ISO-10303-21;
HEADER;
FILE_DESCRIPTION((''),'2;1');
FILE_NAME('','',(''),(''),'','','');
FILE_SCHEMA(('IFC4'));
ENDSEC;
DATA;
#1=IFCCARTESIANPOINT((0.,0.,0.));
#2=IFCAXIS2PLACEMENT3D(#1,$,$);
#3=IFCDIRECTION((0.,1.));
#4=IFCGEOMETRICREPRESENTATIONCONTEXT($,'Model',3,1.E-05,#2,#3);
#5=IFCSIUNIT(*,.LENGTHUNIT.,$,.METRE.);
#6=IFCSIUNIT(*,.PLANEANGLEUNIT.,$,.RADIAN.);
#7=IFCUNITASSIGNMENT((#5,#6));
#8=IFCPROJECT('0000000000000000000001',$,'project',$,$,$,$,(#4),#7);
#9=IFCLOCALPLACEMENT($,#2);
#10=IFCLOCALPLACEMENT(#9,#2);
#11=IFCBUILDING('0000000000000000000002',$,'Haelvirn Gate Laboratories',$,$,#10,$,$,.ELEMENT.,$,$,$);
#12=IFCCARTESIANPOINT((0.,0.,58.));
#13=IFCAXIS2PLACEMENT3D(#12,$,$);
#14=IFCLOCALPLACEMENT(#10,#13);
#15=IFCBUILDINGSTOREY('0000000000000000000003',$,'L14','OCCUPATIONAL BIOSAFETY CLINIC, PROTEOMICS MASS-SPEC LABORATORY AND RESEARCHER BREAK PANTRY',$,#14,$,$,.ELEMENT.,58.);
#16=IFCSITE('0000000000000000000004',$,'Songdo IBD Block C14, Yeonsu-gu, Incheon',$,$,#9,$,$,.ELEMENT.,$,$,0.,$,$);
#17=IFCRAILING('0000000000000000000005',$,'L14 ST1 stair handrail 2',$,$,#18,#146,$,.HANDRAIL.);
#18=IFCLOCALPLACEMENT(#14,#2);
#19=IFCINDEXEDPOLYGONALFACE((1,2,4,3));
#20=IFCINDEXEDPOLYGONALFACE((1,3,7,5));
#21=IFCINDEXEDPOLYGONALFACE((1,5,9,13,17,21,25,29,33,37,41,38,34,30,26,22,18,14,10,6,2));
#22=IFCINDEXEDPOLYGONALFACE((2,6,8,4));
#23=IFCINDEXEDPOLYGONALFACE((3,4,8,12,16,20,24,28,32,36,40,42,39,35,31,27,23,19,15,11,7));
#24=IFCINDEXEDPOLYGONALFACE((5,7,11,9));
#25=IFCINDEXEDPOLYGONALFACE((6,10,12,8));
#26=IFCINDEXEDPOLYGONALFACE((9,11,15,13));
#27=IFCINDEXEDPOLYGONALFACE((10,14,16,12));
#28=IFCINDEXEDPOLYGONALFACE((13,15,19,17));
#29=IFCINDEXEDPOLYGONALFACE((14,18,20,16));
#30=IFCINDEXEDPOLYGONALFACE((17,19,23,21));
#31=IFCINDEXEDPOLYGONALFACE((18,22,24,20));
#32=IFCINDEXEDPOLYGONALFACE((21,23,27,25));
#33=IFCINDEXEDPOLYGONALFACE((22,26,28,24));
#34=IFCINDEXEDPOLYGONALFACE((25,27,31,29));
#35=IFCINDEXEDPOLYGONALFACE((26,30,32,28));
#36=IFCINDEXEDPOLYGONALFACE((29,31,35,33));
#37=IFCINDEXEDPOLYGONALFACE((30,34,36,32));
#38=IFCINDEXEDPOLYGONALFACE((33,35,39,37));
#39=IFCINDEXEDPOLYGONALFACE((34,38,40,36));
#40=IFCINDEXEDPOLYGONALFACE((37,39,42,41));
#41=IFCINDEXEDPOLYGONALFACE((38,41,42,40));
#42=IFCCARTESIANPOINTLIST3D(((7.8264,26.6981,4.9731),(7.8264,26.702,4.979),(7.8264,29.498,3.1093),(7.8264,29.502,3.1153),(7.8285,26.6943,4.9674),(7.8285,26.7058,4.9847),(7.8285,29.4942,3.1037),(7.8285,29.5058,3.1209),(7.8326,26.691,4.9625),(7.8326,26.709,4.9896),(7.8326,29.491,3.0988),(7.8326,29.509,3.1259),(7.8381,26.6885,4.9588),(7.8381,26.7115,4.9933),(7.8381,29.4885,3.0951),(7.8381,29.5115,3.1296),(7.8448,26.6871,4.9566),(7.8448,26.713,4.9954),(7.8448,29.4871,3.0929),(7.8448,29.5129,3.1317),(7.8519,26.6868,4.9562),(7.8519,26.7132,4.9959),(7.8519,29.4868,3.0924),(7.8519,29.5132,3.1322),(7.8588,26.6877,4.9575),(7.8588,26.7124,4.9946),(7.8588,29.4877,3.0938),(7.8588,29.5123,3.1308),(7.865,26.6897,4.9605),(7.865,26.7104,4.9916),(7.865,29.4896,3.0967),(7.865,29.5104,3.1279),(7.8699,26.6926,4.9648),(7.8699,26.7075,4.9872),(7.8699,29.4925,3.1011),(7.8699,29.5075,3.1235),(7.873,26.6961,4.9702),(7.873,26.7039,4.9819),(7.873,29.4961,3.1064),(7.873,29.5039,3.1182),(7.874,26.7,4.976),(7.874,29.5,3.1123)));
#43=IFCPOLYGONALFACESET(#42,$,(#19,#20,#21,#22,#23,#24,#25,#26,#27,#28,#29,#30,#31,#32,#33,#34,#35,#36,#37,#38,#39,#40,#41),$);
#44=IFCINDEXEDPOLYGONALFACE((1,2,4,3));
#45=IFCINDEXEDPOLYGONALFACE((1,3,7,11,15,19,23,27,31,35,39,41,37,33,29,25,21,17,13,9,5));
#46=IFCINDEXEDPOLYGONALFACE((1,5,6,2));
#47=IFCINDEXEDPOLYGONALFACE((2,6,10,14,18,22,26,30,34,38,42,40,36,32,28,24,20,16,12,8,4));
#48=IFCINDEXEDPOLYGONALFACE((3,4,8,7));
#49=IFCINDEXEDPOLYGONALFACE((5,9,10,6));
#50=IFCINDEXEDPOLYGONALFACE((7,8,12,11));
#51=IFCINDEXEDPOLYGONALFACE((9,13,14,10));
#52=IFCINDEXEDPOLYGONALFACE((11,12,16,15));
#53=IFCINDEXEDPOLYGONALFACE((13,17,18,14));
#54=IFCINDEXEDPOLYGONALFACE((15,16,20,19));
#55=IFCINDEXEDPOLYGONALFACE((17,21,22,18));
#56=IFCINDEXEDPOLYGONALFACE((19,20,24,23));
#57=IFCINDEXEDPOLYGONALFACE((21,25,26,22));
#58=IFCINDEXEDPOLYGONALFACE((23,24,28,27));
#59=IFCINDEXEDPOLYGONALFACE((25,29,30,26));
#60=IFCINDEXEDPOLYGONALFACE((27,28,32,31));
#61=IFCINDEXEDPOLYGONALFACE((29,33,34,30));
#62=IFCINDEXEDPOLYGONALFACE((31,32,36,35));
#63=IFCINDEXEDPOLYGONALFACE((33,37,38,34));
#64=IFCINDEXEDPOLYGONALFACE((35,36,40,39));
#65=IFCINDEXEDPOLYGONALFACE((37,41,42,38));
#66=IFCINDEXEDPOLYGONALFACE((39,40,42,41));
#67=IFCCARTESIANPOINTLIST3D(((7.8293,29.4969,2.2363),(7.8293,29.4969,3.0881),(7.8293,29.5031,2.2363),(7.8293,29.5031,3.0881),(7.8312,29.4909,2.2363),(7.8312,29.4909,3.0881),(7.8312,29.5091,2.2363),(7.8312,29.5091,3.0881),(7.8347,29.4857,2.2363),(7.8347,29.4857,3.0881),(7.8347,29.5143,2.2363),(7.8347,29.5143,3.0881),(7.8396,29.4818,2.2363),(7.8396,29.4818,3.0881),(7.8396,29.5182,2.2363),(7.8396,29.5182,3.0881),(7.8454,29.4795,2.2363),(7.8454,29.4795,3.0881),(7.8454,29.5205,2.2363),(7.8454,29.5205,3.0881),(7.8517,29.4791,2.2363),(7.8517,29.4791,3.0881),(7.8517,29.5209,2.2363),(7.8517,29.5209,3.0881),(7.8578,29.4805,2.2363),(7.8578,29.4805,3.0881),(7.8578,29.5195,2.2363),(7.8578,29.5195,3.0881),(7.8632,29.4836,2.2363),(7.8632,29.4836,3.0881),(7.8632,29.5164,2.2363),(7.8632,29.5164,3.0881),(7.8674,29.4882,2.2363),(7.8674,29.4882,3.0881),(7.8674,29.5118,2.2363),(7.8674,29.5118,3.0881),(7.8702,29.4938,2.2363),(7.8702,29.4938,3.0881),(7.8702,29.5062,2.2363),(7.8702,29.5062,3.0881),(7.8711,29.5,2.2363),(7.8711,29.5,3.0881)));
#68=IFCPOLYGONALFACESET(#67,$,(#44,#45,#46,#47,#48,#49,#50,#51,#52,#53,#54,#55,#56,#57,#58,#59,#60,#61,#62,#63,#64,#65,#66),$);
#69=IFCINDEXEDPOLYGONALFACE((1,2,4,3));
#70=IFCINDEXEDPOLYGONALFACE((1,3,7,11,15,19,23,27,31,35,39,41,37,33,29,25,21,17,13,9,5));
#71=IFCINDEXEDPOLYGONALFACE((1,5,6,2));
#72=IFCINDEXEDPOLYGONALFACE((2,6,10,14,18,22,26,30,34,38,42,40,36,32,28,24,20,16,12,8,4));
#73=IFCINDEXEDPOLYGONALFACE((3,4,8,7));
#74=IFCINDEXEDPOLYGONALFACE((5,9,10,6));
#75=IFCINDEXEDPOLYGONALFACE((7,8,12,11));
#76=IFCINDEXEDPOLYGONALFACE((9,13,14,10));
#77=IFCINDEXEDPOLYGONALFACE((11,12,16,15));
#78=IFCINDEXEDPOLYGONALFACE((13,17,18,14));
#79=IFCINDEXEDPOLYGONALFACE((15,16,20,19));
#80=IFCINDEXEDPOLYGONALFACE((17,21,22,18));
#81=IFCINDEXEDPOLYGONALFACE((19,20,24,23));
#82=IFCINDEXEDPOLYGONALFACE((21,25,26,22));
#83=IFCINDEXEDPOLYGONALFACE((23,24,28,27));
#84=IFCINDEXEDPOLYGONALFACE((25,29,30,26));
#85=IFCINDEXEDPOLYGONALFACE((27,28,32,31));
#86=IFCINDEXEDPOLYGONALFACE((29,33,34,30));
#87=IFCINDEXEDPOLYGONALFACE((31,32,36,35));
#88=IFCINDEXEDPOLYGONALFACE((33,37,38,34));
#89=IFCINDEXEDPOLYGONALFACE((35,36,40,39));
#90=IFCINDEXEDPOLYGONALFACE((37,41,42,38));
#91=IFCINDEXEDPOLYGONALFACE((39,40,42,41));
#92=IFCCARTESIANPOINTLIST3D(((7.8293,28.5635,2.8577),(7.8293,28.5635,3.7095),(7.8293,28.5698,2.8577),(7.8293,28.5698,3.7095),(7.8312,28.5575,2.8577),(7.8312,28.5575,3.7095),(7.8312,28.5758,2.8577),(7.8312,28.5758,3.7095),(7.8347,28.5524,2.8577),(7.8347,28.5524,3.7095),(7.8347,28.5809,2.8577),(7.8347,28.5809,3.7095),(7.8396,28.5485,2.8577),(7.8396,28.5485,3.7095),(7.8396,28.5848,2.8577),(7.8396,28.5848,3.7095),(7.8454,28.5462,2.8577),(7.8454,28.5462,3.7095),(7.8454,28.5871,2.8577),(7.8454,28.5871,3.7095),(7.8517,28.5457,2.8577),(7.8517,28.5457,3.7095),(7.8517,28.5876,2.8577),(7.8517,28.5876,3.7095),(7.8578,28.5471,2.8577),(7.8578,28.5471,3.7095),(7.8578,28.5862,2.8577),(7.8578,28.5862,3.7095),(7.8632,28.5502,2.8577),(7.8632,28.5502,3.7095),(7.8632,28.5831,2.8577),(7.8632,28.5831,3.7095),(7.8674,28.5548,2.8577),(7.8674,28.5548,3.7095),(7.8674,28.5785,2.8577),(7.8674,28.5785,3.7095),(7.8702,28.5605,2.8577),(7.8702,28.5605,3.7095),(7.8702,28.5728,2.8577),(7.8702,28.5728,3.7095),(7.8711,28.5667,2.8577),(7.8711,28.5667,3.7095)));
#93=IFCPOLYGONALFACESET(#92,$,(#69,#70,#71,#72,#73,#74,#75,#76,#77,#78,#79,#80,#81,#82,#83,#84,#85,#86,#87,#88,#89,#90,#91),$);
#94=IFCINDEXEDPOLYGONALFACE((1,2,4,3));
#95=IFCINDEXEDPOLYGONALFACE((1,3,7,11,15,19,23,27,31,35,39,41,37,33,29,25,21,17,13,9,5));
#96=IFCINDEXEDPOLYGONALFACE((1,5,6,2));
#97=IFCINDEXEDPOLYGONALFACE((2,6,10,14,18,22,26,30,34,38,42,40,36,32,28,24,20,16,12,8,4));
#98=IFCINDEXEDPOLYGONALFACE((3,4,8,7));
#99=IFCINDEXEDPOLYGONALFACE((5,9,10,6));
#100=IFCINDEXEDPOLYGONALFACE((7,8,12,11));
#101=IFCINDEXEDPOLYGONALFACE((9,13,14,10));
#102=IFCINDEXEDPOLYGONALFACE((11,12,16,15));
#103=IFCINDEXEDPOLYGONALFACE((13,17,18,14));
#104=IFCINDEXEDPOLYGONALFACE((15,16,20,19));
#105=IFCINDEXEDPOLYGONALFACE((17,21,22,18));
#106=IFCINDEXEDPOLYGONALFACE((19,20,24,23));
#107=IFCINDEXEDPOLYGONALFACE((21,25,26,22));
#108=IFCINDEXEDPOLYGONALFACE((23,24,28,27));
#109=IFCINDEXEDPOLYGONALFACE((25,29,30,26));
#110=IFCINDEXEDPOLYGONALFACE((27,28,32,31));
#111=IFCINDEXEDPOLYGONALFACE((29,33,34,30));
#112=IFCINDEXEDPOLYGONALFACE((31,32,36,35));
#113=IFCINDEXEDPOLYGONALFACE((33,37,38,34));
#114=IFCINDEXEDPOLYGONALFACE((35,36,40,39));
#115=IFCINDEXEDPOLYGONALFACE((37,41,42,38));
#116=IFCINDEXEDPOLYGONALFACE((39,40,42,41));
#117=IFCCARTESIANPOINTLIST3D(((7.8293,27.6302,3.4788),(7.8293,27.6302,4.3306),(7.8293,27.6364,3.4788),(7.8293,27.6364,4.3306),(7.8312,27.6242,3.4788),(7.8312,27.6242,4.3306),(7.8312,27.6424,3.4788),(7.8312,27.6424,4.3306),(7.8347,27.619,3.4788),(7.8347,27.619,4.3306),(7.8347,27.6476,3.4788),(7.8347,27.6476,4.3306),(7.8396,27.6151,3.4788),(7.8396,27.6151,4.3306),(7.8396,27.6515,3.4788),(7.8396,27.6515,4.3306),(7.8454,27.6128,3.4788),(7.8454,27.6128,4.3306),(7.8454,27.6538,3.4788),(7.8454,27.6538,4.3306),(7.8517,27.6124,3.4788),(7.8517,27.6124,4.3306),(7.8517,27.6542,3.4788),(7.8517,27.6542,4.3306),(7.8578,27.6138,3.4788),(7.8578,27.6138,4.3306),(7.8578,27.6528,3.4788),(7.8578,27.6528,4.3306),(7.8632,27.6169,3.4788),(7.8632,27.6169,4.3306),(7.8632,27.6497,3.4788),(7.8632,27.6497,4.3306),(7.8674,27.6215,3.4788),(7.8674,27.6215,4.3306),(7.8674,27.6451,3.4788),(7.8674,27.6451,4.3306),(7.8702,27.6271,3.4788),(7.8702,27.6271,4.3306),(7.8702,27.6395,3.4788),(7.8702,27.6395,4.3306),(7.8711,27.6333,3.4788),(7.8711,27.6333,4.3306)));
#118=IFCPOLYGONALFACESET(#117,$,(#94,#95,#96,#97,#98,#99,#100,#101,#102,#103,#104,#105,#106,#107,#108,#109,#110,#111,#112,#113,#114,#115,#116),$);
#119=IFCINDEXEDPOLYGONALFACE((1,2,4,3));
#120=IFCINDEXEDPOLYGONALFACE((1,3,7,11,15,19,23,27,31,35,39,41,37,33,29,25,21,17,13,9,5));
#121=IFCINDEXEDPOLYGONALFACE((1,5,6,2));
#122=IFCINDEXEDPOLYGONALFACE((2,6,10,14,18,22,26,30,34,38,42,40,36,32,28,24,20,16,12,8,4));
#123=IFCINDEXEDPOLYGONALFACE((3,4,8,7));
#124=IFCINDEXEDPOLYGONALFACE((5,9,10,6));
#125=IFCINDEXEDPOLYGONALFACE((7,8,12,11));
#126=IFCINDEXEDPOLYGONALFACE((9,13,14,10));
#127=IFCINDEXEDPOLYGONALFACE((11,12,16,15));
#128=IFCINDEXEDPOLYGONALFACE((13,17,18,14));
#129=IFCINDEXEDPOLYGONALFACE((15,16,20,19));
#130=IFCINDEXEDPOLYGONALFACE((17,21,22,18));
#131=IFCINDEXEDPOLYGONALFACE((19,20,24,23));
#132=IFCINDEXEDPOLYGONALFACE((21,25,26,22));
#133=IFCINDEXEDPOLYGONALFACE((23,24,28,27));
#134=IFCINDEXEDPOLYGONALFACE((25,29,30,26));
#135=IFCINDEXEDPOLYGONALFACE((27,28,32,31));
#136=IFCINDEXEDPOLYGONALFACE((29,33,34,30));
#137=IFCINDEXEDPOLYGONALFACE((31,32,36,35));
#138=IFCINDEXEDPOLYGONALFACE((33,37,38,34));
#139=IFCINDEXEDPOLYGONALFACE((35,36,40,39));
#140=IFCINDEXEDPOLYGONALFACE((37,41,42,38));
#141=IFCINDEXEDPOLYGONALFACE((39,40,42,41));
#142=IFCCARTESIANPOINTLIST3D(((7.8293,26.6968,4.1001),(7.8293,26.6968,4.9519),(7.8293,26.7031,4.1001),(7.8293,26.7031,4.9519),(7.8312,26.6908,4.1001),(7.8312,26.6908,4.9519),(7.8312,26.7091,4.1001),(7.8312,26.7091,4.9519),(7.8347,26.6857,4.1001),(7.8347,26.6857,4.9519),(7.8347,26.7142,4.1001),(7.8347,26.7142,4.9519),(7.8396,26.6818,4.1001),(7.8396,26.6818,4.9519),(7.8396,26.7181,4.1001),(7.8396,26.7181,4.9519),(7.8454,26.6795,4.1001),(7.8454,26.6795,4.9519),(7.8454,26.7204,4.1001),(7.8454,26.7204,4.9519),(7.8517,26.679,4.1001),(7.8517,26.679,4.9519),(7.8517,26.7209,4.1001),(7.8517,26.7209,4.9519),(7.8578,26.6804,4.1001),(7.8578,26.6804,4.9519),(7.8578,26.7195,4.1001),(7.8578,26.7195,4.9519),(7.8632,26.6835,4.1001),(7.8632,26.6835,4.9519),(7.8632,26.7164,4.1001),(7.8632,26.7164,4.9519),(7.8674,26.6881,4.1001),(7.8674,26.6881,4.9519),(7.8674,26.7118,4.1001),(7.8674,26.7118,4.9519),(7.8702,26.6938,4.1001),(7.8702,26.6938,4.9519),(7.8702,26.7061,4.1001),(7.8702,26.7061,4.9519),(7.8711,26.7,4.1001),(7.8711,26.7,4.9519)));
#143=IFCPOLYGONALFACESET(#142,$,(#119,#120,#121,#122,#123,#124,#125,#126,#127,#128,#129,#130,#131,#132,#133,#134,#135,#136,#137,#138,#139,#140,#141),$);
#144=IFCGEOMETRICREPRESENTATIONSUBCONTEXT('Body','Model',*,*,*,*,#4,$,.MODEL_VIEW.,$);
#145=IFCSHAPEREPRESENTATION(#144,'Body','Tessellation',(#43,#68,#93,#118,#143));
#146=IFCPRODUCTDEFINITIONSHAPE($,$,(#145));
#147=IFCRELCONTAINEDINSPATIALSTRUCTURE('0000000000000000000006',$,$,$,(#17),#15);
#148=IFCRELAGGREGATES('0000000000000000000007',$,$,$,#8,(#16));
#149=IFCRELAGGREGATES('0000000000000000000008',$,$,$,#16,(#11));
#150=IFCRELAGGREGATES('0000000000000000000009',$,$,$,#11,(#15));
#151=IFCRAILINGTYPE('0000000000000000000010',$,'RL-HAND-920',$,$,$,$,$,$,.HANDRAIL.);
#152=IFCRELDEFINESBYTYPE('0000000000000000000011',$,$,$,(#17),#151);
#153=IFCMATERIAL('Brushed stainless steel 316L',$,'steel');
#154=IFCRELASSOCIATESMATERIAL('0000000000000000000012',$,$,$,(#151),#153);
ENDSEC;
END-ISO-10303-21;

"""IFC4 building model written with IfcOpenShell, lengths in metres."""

from ifc_helpers import new_model, si_unit, direction, frame, origin, origin_2d, place, context, subcontext, project, spatial, circle, extrude, source, transform, mapped, material, type_object, element, save


model = new_model("IFC4")

# Units and contexts
model_context = context("Model", 3, precision=1e-05, world=origin(), true_north=direction((0.0, 1.0)))
body_context = subcontext(model_context, "Body", "Model", "MODEL_VIEW")
ifc_project = project(units=[si_unit("LENGTHUNIT", "METRE"), si_unit("PLANEANGLEUNIT", "RADIAN")], contexts=[model_context])

# Site, building, storey
site_placement = place(None, origin())
site = spatial("IfcSite", under=ifc_project, at=site_placement, Name="Songdo IBD Block C14, Yeonsu-gu, Incheon", CompositionType="ELEMENT", RefElevation=0.0)
building_placement = place(site_placement, origin())
building = spatial("IfcBuilding", under=site, at=building_placement, Name="Haelvirn Gate Laboratories", CompositionType="ELEMENT")
storey_placement = place(building_placement, frame((0.0, 0.0, 58.0)))
storey = spatial("IfcBuildingStorey", under=building, at=storey_placement, Name="L14", Description="OCCUPATIONAL BIOSAFETY CLINIC, PROTEOMICS MASS-SPEC LABORATORY AND RESEARCHER BREAK PANTRY", CompositionType="ELEMENT", Elevation=58.0)

# Railing
ifc_material_1 = material(Name="Brushed stainless steel 316L", Category="steel")
railing_type_1 = type_object("IfcRailingType", Name="RL-HAND-920", PredefinedType="HANDRAIL", material=ifc_material_1)
shared_shape_1 = source(origin(), body_context, "Body", "SweptSolid", [
    extrude(circle(Radius=0.0239, at=origin_2d()), frame((0.0, 0.0, 0.876), z_axis=(0.0, -0.832452, 0.554097), x_axis=(1.0, 0.0, 0.0)), (0.0, 0.0, 1.0), 3.3635),
    extrude(circle(Radius=0.021, at=origin_2d()), origin(), (0.0, 0.0, 1.0), 0.8518),
    extrude(circle(Radius=0.021, at=origin_2d()), frame((0.0, -0.9333, 0.6213)), (0.0, 0.0, 1.0), 0.8518),
    extrude(circle(Radius=0.021, at=origin_2d()), frame((0.0, -1.8667, 1.2424)), (0.0, 0.0, 1.0), 0.8518),
    extrude(circle(Radius=0.021, at=origin_2d()), frame((0.0, -2.8, 1.8638)), (0.0, 0.0, 1.0), 0.8518),
])
railing_1_placement = place(storey_placement, frame((7.8501, 29.5, 2.2363)))
element("IfcRailing", 1, at=railing_1_placement, inside=storey, type_object=railing_type_1, Name="L14 ST1 stair handrail 2", PredefinedType="HANDRAIL", context=body_context, shape_type="MappedRepresentation", body=[
    mapped(shared_shape_1, transform((0.0, 0.0, 0.0), scale=1.0)),
])

save(model, "model.ifc")
